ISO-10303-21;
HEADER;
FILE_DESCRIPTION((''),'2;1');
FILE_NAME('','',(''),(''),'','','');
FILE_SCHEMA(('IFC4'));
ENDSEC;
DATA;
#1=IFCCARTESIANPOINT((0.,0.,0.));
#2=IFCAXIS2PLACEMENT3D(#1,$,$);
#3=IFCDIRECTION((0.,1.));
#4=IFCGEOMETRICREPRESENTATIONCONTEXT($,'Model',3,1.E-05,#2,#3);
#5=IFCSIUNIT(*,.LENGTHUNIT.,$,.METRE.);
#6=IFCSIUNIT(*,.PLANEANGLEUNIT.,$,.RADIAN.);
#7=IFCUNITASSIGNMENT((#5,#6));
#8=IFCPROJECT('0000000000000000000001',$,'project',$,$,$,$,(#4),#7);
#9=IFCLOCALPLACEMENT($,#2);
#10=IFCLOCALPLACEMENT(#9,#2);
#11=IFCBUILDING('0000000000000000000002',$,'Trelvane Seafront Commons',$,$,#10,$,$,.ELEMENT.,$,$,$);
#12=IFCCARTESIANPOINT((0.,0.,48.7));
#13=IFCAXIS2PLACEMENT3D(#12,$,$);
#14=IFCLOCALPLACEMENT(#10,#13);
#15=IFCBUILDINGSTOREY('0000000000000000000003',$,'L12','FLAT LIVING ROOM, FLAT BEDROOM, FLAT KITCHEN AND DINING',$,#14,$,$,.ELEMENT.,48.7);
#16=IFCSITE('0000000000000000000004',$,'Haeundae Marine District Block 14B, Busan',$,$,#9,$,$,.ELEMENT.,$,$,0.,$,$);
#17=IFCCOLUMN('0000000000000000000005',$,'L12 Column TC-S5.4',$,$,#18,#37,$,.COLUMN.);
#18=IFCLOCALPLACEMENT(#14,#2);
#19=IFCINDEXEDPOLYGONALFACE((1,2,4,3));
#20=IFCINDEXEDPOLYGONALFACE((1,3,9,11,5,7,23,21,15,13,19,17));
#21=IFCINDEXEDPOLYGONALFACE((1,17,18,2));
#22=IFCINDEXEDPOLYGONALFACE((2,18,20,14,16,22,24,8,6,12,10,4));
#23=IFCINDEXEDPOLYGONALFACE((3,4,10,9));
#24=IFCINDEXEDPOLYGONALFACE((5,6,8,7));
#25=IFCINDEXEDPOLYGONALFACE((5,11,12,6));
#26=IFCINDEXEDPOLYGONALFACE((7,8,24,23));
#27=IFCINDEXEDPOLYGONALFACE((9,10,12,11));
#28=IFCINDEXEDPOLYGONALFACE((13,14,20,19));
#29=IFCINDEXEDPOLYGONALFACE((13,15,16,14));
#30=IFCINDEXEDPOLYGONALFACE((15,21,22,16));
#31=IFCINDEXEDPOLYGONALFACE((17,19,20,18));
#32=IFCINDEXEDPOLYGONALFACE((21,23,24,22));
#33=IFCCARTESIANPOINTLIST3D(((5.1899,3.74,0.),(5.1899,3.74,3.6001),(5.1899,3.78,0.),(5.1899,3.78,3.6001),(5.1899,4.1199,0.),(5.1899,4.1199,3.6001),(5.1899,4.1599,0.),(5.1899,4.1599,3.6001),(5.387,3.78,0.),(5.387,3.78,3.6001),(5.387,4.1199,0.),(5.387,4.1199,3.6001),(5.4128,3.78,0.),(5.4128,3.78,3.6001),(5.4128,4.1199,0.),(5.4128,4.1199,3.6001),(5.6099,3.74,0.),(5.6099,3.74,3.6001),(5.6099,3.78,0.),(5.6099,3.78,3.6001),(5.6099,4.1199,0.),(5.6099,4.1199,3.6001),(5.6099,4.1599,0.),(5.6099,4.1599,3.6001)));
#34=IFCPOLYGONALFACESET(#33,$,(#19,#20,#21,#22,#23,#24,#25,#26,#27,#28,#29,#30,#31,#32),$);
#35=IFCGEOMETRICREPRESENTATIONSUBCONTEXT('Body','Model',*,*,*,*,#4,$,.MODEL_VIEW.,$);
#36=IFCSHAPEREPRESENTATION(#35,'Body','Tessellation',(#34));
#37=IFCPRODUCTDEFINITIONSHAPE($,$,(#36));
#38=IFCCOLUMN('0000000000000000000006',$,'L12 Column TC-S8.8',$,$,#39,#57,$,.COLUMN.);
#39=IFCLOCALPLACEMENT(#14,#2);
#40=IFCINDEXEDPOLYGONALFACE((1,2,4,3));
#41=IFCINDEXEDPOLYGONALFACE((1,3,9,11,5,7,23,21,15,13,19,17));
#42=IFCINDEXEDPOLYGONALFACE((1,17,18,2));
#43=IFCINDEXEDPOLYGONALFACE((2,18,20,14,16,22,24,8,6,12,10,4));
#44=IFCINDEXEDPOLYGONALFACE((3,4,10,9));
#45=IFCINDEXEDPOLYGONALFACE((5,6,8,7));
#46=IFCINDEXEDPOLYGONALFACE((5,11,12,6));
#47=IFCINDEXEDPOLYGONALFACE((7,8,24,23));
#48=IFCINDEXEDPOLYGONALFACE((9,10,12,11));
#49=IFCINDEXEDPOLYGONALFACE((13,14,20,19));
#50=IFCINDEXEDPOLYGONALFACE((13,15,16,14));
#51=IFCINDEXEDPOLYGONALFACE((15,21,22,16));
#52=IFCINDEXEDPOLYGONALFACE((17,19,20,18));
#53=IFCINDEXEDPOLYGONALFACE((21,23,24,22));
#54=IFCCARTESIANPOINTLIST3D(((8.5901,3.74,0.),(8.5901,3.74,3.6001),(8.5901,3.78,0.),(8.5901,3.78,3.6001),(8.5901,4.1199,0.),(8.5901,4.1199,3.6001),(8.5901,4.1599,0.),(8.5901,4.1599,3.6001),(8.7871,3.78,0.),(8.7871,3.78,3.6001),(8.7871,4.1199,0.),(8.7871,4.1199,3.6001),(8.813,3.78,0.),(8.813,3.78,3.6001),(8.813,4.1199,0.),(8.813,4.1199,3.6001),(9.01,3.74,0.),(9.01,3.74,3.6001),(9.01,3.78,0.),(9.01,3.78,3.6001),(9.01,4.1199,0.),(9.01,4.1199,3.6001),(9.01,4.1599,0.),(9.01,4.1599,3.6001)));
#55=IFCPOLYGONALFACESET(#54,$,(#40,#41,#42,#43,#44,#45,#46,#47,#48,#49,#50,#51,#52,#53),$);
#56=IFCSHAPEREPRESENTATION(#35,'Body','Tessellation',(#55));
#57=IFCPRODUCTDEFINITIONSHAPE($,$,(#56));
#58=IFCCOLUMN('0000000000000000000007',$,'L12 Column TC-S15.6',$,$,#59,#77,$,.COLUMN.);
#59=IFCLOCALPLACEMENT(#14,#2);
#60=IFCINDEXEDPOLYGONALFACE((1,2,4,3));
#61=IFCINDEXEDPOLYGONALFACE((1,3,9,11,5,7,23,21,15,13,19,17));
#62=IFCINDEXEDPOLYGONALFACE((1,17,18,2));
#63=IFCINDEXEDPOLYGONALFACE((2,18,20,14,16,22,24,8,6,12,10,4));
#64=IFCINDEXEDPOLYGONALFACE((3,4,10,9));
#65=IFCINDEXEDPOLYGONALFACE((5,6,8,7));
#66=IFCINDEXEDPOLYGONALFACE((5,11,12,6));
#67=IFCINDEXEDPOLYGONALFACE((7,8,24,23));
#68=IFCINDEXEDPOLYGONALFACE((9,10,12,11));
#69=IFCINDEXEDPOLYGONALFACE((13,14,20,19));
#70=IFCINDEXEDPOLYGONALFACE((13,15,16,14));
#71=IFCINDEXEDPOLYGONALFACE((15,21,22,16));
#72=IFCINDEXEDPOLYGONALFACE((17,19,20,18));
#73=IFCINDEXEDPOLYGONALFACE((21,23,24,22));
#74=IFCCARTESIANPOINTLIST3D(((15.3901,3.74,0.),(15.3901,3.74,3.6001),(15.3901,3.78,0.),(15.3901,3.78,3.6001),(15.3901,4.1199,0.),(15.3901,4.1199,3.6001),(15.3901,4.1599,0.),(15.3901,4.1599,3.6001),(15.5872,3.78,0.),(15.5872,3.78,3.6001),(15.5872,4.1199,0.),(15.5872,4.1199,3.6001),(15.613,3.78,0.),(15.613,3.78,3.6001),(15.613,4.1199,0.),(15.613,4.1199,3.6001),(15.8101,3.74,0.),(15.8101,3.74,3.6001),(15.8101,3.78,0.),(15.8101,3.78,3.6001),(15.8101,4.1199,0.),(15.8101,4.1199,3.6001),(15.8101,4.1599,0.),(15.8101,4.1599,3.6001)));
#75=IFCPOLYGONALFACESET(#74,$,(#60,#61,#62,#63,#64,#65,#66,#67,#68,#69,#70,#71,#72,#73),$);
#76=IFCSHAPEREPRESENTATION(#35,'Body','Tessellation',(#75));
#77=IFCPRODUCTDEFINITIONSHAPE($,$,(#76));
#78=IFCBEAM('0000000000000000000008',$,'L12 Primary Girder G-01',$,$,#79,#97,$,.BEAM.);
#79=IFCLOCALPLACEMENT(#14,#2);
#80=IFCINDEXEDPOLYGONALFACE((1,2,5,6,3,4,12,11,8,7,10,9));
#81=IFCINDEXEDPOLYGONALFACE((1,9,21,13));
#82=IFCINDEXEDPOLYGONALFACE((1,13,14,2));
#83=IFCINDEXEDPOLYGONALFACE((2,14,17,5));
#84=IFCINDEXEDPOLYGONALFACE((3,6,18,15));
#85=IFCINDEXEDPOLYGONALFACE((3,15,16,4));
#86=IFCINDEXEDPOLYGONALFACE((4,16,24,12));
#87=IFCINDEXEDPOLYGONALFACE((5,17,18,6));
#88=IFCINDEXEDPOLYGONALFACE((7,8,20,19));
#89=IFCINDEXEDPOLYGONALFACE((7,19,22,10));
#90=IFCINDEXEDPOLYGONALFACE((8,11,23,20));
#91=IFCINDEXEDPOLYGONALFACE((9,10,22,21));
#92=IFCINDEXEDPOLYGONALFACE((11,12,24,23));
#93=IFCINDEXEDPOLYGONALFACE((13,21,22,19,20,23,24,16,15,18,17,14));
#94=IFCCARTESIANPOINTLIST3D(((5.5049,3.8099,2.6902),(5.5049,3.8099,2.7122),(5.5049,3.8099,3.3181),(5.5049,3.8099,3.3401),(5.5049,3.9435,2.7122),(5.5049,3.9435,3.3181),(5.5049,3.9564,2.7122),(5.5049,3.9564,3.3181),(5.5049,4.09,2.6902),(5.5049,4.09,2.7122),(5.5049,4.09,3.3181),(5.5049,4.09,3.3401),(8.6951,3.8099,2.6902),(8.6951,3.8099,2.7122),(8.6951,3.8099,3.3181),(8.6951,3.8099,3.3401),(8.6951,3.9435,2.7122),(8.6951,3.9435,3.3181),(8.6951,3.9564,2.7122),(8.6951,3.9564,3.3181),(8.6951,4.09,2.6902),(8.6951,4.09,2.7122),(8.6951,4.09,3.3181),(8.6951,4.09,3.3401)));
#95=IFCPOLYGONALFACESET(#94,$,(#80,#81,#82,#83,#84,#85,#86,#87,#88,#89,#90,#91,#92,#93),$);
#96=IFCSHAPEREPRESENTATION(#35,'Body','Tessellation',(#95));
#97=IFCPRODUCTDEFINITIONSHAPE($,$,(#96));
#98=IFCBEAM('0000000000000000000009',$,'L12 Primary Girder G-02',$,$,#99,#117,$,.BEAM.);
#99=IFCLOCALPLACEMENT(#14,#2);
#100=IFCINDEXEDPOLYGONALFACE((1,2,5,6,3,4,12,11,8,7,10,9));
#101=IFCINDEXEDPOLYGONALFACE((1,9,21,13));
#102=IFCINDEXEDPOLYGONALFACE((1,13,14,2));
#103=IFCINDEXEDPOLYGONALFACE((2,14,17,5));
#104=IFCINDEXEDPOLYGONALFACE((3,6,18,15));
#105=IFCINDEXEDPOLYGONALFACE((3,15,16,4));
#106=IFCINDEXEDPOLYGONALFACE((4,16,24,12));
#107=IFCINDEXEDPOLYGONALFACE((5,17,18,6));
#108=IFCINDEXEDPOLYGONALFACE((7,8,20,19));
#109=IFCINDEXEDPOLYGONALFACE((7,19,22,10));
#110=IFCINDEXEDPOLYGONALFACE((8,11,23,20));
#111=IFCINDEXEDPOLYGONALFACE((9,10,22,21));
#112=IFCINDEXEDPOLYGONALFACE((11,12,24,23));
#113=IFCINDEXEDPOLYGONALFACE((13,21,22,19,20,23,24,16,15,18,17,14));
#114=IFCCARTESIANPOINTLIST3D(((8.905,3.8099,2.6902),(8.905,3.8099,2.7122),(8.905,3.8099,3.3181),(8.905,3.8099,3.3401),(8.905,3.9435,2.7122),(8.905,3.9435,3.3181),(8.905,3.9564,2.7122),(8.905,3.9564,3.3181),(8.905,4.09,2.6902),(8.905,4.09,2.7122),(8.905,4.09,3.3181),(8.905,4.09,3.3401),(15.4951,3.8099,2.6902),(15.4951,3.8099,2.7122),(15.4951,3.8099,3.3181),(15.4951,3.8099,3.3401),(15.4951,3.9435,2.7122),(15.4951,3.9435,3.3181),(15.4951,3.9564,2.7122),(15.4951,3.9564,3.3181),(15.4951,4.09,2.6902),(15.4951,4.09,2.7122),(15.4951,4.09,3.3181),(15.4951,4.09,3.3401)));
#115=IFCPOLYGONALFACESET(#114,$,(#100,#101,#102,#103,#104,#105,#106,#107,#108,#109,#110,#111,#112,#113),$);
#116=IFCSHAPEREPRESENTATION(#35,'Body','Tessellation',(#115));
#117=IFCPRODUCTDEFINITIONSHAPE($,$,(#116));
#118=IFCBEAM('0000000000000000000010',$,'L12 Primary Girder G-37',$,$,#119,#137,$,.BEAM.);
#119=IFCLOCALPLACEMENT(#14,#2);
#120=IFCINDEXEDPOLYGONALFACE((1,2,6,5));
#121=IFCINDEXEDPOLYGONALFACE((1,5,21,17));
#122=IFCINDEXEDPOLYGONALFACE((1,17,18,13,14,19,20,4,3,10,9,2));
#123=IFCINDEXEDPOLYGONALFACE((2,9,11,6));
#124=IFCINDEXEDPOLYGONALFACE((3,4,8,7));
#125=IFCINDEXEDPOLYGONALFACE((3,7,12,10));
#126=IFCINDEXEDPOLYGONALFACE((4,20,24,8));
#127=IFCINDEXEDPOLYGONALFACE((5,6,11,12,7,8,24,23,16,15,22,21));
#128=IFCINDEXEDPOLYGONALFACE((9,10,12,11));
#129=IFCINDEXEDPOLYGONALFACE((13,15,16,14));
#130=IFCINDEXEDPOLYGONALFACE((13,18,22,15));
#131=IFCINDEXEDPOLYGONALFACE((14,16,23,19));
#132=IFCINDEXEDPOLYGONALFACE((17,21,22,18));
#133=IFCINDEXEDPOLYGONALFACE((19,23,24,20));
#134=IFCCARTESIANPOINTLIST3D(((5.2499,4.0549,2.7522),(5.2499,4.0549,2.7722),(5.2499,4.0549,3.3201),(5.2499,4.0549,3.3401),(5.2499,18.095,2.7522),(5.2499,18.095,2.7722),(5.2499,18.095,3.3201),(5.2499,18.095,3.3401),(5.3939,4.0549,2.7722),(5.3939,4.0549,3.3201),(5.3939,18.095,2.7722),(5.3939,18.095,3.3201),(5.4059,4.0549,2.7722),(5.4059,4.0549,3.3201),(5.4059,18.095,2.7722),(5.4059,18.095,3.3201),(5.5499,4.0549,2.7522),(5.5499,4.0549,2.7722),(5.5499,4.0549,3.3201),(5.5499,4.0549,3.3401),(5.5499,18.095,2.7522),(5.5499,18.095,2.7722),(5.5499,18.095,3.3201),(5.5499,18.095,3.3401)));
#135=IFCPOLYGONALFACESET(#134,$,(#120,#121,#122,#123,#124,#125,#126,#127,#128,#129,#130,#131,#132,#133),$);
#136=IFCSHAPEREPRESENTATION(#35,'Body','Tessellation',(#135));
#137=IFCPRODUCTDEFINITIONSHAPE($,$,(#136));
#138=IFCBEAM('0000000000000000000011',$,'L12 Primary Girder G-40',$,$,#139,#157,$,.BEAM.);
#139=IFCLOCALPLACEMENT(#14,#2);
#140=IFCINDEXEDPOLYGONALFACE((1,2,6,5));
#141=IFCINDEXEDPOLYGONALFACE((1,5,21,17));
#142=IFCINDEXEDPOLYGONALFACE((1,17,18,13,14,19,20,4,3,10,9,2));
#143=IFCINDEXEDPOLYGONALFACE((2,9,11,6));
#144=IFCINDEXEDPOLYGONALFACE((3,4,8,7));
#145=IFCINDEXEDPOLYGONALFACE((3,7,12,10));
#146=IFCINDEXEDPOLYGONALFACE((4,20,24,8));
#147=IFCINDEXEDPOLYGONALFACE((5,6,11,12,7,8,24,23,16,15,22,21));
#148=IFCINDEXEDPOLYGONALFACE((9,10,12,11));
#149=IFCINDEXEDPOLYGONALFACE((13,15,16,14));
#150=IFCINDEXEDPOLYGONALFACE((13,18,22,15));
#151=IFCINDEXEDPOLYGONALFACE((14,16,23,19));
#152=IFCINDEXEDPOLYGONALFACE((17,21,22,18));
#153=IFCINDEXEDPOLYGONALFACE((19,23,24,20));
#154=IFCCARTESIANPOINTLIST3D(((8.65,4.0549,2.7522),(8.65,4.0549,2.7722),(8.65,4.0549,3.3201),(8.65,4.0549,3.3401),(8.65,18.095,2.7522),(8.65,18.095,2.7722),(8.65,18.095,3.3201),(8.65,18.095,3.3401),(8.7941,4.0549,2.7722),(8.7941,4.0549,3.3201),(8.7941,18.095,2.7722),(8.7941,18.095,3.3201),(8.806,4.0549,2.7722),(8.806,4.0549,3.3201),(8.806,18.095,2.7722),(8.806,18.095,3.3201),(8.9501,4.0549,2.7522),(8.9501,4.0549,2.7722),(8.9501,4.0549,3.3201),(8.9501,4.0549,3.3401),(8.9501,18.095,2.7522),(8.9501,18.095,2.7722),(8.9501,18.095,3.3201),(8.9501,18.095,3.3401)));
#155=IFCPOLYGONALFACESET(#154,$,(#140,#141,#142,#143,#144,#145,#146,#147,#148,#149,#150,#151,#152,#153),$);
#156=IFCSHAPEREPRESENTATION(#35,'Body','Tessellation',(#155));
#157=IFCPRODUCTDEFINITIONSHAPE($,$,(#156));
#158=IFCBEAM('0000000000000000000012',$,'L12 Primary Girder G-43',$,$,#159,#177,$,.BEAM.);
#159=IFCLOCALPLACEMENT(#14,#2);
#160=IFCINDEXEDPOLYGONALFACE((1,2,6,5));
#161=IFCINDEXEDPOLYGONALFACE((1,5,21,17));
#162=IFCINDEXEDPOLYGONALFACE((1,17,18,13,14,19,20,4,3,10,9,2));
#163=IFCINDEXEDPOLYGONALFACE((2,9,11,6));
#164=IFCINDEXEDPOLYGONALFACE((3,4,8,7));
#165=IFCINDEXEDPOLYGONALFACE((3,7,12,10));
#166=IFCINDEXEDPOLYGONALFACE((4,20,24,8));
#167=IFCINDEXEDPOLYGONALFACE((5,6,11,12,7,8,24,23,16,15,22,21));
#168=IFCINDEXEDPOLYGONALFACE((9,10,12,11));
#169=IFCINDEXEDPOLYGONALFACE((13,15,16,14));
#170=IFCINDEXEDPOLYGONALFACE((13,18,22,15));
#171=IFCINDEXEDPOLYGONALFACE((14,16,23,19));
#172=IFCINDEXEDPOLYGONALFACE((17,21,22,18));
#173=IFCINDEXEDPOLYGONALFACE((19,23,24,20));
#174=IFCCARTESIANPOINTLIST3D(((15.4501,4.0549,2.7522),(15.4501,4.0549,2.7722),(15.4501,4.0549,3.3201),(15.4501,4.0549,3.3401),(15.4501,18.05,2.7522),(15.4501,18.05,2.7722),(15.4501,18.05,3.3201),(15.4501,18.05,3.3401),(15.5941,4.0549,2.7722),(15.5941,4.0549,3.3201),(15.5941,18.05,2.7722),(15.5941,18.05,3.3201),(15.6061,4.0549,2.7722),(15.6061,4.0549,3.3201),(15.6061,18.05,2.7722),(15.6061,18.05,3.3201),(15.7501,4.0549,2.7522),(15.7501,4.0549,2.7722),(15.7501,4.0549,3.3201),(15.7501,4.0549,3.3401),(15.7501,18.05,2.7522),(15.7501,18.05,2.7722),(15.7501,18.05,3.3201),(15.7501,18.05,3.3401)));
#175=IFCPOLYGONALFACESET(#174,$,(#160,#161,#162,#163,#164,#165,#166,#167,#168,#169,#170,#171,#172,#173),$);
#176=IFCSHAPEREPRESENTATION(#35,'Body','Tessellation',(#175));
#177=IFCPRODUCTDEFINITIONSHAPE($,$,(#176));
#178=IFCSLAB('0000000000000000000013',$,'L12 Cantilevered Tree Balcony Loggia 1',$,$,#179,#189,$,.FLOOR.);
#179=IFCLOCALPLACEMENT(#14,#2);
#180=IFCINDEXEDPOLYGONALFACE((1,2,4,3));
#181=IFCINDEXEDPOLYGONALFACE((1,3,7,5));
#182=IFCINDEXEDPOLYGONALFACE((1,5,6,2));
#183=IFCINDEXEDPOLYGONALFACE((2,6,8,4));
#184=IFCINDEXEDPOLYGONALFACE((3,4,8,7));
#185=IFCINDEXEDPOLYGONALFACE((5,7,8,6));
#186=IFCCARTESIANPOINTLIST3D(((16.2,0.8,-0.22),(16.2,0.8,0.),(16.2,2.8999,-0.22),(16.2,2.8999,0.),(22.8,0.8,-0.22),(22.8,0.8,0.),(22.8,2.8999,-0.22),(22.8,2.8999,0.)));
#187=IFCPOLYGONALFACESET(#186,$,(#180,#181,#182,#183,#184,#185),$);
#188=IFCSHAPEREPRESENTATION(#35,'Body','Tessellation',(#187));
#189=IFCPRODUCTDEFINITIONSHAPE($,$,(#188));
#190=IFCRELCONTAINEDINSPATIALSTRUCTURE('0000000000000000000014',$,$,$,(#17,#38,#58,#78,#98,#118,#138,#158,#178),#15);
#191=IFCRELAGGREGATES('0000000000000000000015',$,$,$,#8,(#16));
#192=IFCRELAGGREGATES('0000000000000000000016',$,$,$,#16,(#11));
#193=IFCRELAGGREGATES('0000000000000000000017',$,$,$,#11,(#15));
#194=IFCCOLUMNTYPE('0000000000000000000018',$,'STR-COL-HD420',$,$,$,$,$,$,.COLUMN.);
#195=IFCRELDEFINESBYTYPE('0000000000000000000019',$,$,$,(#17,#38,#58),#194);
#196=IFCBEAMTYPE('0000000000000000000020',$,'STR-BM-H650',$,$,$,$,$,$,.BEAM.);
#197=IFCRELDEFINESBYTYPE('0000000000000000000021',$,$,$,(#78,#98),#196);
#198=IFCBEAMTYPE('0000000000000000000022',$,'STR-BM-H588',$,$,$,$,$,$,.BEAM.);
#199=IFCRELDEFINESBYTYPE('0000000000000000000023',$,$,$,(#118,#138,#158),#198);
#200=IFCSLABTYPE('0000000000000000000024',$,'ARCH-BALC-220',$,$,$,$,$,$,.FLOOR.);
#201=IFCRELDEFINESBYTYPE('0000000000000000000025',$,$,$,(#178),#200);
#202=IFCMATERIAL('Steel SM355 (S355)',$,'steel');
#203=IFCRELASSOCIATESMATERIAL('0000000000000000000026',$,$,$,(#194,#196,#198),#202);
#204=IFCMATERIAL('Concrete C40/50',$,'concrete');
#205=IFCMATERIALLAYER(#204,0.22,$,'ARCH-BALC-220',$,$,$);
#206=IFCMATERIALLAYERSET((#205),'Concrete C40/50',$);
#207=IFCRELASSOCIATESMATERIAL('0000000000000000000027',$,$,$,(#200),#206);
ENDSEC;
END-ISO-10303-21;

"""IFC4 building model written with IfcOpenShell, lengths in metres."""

from ifc_helpers import new_model, si_unit, direction, frame, origin, origin_2d, place, context, subcontext, project, spatial, polyline, i_section, outline, extrude, source, transform, mapped, material, layer, layer_set, material_profile, profile_set, type_object, element, save


model = new_model("IFC4")

# Units and contexts
model_context = context("Model", 3, precision=1e-05, world=origin(), true_north=direction((0.0, 1.0)))
body_context = subcontext(model_context, "Body", "Model", "MODEL_VIEW")
ifc_project = project(units=[si_unit("LENGTHUNIT", "METRE"), si_unit("PLANEANGLEUNIT", "RADIAN")], contexts=[model_context])

# Site, building, storey
site_placement = place(None, origin())
site = spatial("IfcSite", under=ifc_project, at=site_placement, Name="Haeundae Marine District Block 14B, Busan", CompositionType="ELEMENT", RefElevation=0.0)
building_placement = place(site_placement, origin())
building = spatial("IfcBuilding", under=site, at=building_placement, Name="Trelvane Seafront Commons", CompositionType="ELEMENT")
storey_placement = place(building_placement, frame((0.0, 0.0, 48.7)))
storey = spatial("IfcBuildingStorey", under=building, at=storey_placement, Name="L12", Description="FLAT LIVING ROOM, FLAT BEDROOM, FLAT KITCHEN AND DINING", CompositionType="ELEMENT", Elevation=48.7)

# Columns
ifc_material_1 = material(Name="Steel SM355 (S355)", Category="steel")
ifc_material_profile_1 = material_profile(ifc_material_1, i_section(OverallWidth=0.4199, OverallDepth=0.4199, WebThickness=0.0259, FlangeThickness=0.04, at=origin_2d()), Name="HD-420x420x26x40")
ifc_profile_set_1 = profile_set([ifc_material_profile_1], Name="Steel SM355 (S355)")
column_type = type_object("IfcColumnType", Name="STR-COL-HD420", PredefinedType="COLUMN", material=ifc_profile_set_1)
shared_shape_1 = source(origin(), body_context, "Body", "SweptSolid", [
    extrude(i_section(OverallWidth=0.4199, OverallDepth=0.4199, WebThickness=0.0259, FlangeThickness=0.04, at=origin_2d()), origin(), (0.0, 0.0, 1.0), 3.6001),
])
for number, where, z_axis, x_axis, name in (
    (1, (5.3999, 3.95, 0.0), (0.0, 0.0, 1.0), (1.0, 0.0, 0.0), "L12 Column TC-S5.4"),
    (2, (8.8, 3.95, 0.0), (0.0, 0.0, 1.0), (1.0, 0.0, 0.0), "L12 Column TC-S8.8"),
    (3, (15.6001, 3.95, 0.0), (0.0, 0.0, 1.0), (1.0, 0.0, 0.0), "L12 Column TC-S15.6"),
):
    element("IfcColumn", number, at=place(storey_placement, frame(where, z_axis=z_axis, x_axis=x_axis)), inside=storey, type_object=column_type, Name=name, PredefinedType="COLUMN", context=body_context, shape_type="MappedRepresentation", body=[
        mapped(shared_shape_1, transform((0.0, 0.0, 0.0), x_axis=(1.0, 0.0, 0.0), y_axis=(0.0, 1.0, 0.0), z_axis=(0.0, 0.0, 1.0), scale=1.0)),
    ])

# Beams
ifc_material_profile_2 = material_profile(ifc_material_1, i_section(OverallWidth=0.28, OverallDepth=0.6499, WebThickness=0.0129, FlangeThickness=0.022, at=origin_2d()), Name="H-650x280x13x22")
ifc_profile_set_2 = profile_set([ifc_material_profile_2], Name="Steel SM355 (S355)")
beam_type_1 = type_object("IfcBeamType", Name="STR-BM-H650", PredefinedType="BEAM", material=ifc_profile_set_2)
shared_shape_2 = source(origin(), body_context, "Body", "SweptSolid", [
    extrude(i_section(OverallWidth=0.28, OverallDepth=0.6499, WebThickness=0.0129, FlangeThickness=0.022, at=origin_2d()), origin(), (0.0, 0.0, 1.0), 3.1902),
])
beam_1_placement = place(storey_placement, frame((5.5049, 3.95, 3.0151), z_axis=(1.0, 0.0, 0.0), x_axis=(0.0, 1.0, 0.0)))
element("IfcBeam", 4, at=beam_1_placement, inside=storey, type_object=beam_type_1, Name="L12 Primary Girder G-01", PredefinedType="BEAM", context=body_context, shape_type="MappedRepresentation", body=[
    mapped(shared_shape_2, transform((0.0, 0.0, 0.0), x_axis=(1.0, 0.0, 0.0), y_axis=(0.0, 1.0, 0.0), z_axis=(0.0, 0.0, 1.0), scale=1.0)),
])
shared_shape_3 = source(origin(), body_context, "Body", "SweptSolid", [
    extrude(i_section(OverallWidth=0.28, OverallDepth=0.6499, WebThickness=0.0129, FlangeThickness=0.022, at=origin_2d()), origin(), (0.0, 0.0, 1.0), 6.5901),
])
beam_2_placement = place(storey_placement, frame((8.905, 3.95, 3.0151), z_axis=(1.0, 0.0, 0.0), x_axis=(0.0, 1.0, 0.0)))
element("IfcBeam", 5, at=beam_2_placement, inside=storey, type_object=beam_type_1, Name="L12 Primary Girder G-02", PredefinedType="BEAM", context=body_context, shape_type="MappedRepresentation", body=[
    mapped(shared_shape_3, transform((0.0, 0.0, 0.0), x_axis=(1.0, 0.0, 0.0), y_axis=(0.0, 1.0, 0.0), z_axis=(0.0, 0.0, 1.0), scale=1.0)),
])
ifc_material_profile_3 = material_profile(ifc_material_1, i_section(OverallWidth=0.3, OverallDepth=0.5879, WebThickness=0.012, FlangeThickness=0.02, at=origin_2d()), Name="H-588x300x12x20")
ifc_profile_set_3 = profile_set([ifc_material_profile_3], Name="Steel SM355 (S355)")
beam_type_2 = type_object("IfcBeamType", Name="STR-BM-H588", PredefinedType="BEAM", material=ifc_profile_set_3)
shared_shape_4 = source(origin(), body_context, "Body", "SweptSolid", [
    extrude(i_section(OverallWidth=0.3, OverallDepth=0.5879, WebThickness=0.012, FlangeThickness=0.02, at=origin_2d()), origin(), (0.0, 0.0, 1.0), 14.04),
])
for number, where, z_axis, x_axis, name in (
    (6, (5.3999, 4.0549, 3.0461), (0.0, 1.0, 0.0), (-1.0, 0.0, 0.0), "L12 Primary Girder G-37"),
    (7, (8.8, 4.0549, 3.0461), (0.0, 1.0, 0.0), (-1.0, 0.0, 0.0), "L12 Primary Girder G-40"),
):
    element("IfcBeam", number, at=place(storey_placement, frame(where, z_axis=z_axis, x_axis=x_axis)), inside=storey, type_object=beam_type_2, Name=name, PredefinedType="BEAM", context=body_context, shape_type="MappedRepresentation", body=[
        mapped(shared_shape_4, transform((0.0, 0.0, 0.0), x_axis=(1.0, 0.0, 0.0), y_axis=(0.0, 1.0, 0.0), z_axis=(0.0, 0.0, 1.0), scale=1.0)),
    ])
shared_shape_5 = source(origin(), body_context, "Body", "SweptSolid", [
    extrude(i_section(OverallWidth=0.3, OverallDepth=0.5879, WebThickness=0.012, FlangeThickness=0.02, at=origin_2d()), origin(), (0.0, 0.0, 1.0), 13.9951),
])
beam_3_placement = place(storey_placement, frame((15.6001, 4.0549, 3.0461), z_axis=(0.0, 1.0, 0.0), x_axis=(-1.0, 0.0, 0.0)))
element("IfcBeam", 8, at=beam_3_placement, inside=storey, type_object=beam_type_2, Name="L12 Primary Girder G-43", PredefinedType="BEAM", context=body_context, shape_type="MappedRepresentation", body=[
    mapped(shared_shape_5, transform((0.0, 0.0, 0.0), x_axis=(1.0, 0.0, 0.0), y_axis=(0.0, 1.0, 0.0), z_axis=(0.0, 0.0, 1.0), scale=1.0)),
])

# Slab
ifc_material_2 = material(Name="Concrete C40/50", Category="concrete")
ifc_layer_1 = layer(ifc_material_2, 0.22, Name="ARCH-BALC-220")
ifc_layer_set_1 = layer_set([ifc_layer_1], Name="Concrete C40/50")
slab_type_1 = type_object("IfcSlabType", Name="ARCH-BALC-220", PredefinedType="FLOOR", material=ifc_layer_set_1)
slab_1_placement = place(storey_placement, frame((0.0, 0.0, -0.22)))
element("IfcSlab", 9, at=slab_1_placement, inside=storey, type_object=slab_type_1, Name="L12 Cantilevered Tree Balcony Loggia 1", PredefinedType="FLOOR", context=body_context, shape_type="SweptSolid", body=[
    extrude(outline(polyline([(16.2, 0.8), (22.8, 0.8), (22.8, 2.8999), (16.2, 2.8999), (16.2, 0.8)])), origin(), (0.0, 0.0, 1.0), 0.22),
])

save(model, "model.ifc")
